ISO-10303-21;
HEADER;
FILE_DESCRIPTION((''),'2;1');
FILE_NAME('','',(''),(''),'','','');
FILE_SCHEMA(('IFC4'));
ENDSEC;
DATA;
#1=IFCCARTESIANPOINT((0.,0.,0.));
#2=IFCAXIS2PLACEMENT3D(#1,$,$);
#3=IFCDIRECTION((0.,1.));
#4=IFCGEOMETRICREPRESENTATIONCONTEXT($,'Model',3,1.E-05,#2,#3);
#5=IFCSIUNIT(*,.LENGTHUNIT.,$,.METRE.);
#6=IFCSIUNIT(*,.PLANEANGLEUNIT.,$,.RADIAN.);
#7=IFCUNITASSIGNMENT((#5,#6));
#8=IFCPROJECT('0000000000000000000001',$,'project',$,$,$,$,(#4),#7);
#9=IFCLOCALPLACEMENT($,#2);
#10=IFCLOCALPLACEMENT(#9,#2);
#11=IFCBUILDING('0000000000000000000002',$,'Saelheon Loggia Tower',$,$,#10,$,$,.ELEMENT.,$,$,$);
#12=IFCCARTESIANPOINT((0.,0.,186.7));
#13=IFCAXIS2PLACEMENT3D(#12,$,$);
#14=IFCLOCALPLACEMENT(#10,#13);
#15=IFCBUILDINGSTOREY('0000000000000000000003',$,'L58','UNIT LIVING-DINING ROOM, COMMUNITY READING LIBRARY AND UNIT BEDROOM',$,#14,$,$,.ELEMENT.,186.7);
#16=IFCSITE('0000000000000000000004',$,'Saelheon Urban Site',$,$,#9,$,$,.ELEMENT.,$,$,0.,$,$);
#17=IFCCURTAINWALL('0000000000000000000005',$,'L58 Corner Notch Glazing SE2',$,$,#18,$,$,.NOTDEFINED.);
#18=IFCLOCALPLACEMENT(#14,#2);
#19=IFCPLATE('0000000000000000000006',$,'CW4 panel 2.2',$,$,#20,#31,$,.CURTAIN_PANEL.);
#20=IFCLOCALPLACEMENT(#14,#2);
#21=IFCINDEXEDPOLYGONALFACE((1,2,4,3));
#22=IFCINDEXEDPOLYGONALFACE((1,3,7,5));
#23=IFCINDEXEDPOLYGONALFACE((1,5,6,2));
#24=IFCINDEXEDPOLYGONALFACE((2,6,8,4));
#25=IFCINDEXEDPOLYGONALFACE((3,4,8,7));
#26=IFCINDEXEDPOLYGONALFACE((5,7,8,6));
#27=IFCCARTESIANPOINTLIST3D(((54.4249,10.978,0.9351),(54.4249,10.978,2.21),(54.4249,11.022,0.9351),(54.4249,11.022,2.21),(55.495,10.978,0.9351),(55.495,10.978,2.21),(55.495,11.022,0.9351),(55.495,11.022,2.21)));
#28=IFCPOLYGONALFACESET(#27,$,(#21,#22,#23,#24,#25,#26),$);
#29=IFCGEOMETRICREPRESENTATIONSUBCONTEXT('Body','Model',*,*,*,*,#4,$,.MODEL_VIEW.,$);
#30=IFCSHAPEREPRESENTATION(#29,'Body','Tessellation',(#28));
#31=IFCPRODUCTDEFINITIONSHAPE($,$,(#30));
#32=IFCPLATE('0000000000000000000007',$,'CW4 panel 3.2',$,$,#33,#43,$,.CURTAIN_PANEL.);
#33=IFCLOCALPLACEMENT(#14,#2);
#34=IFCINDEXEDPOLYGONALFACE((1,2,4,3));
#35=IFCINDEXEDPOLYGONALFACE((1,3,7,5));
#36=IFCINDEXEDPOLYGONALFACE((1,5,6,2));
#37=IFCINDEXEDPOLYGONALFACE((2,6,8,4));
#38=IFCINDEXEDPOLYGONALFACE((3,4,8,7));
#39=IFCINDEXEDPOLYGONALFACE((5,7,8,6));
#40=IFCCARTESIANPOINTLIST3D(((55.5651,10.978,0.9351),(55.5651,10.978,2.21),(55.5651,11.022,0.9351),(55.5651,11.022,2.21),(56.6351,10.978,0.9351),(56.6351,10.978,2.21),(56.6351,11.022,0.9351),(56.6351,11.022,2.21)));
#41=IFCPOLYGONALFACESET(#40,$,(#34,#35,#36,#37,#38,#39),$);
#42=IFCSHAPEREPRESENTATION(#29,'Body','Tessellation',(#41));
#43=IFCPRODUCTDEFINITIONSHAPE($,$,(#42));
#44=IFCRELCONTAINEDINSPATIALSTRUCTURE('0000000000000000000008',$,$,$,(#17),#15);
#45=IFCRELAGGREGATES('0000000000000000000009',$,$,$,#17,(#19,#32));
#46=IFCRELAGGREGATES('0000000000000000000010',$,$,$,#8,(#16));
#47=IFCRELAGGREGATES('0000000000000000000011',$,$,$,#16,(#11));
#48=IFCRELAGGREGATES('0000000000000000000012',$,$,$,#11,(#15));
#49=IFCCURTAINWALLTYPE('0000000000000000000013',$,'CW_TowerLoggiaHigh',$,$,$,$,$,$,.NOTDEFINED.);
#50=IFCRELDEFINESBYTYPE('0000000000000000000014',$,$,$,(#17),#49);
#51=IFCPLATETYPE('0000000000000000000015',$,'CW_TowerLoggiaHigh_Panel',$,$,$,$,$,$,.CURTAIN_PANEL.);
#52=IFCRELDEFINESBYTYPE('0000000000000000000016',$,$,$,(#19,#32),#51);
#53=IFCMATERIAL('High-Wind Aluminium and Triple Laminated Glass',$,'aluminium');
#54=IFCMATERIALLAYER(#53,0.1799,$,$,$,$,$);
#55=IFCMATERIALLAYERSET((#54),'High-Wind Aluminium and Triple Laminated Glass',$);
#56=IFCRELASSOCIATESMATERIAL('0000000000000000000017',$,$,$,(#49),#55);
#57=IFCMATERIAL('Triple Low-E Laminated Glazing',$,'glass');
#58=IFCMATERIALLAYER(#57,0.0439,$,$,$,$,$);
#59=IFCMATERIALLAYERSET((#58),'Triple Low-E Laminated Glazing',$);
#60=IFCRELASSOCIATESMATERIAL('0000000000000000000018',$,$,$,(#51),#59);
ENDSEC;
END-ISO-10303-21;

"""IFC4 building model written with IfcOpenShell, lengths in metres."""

from ifc_helpers import new_model, si_unit, direction, frame, origin, origin_2d, place, context, subcontext, project, spatial, rectangle, extrude, source, transform, mapped, material, layer, layer_set, type_object, element, aggregate, save


model = new_model("IFC4")

# Units and contexts
model_context = context("Model", 3, precision=1e-05, world=origin(), true_north=direction((0.0, 1.0)))
body_context = subcontext(model_context, "Body", "Model", "MODEL_VIEW")
ifc_project = project(units=[si_unit("LENGTHUNIT", "METRE"), si_unit("PLANEANGLEUNIT", "RADIAN")], contexts=[model_context])

# Site, building, storey
site_placement = place(None, origin())
site = spatial("IfcSite", under=ifc_project, at=site_placement, Name="Saelheon Urban Site", CompositionType="ELEMENT", RefElevation=0.0)
building_placement = place(site_placement, origin())
building = spatial("IfcBuilding", under=site, at=building_placement, Name="Saelheon Loggia Tower", CompositionType="ELEMENT")
storey_placement = place(building_placement, frame((0.0, 0.0, 186.7)))
storey = spatial("IfcBuildingStorey", under=building, at=storey_placement, Name="L58", Description="UNIT LIVING-DINING ROOM, COMMUNITY READING LIBRARY AND UNIT BEDROOM", CompositionType="ELEMENT", Elevation=186.7)

# Curtain wall, plates
ifc_material_1 = material(Name="High-Wind Aluminium and Triple Laminated Glass", Category="aluminium")
ifc_layer_1 = layer(ifc_material_1, 0.1799)
ifc_layer_set_1 = layer_set([ifc_layer_1], Name="High-Wind Aluminium and Triple Laminated Glass")
curtain_wall_type = type_object("IfcCurtainWallType", Name="CW_TowerLoggiaHigh", PredefinedType="NOTDEFINED", material=ifc_layer_set_1)
curtain_wall_placement = place(storey_placement, origin())
curtain_wall = element("IfcCurtainWall", 1, at=curtain_wall_placement, inside=storey, type_object=curtain_wall_type, Name="L58 Corner Notch Glazing SE2", PredefinedType="NOTDEFINED")
ifc_material_2 = material(Name="Triple Low-E Laminated Glazing", Category="glass")
ifc_layer_2 = layer(ifc_material_2, 0.0439)
ifc_layer_set_2 = layer_set([ifc_layer_2], Name="Triple Low-E Laminated Glazing")
plate_type = type_object("IfcPlateType", Name="CW_TowerLoggiaHigh_Panel", PredefinedType="CURTAIN_PANEL", material=ifc_layer_set_2)
shared_shape_1 = source(origin(), body_context, "Body", "SweptSolid", [
    extrude(rectangle(XDim=1.0701, YDim=0.0439, at=origin_2d()), origin(), (0.0, 0.0, 1.0), 1.2749),
])
plate_1_placement = place(storey_placement, frame((54.96, 11.0, 0.9351), z_axis=(0.0, 0.0, 1.0), x_axis=(1.0, 0.0, 0.0)))
plate_1 = element("IfcPlate", 2, at=plate_1_placement, type_object=plate_type, Name="CW4 panel 2.2", PredefinedType="CURTAIN_PANEL", context=body_context, shape_type="MappedRepresentation", body=[
    mapped(shared_shape_1, transform((0.0, 0.0, 0.0), scale=1.0)),
])
plate_2_placement = place(storey_placement, frame((56.1001, 11.0, 0.9351), z_axis=(0.0, 0.0, 1.0), x_axis=(1.0, 0.0, 0.0)))
plate_2 = element("IfcPlate", 3, at=plate_2_placement, type_object=plate_type, Name="CW4 panel 3.2", PredefinedType="CURTAIN_PANEL", context=body_context, shape_type="MappedRepresentation", body=[
    mapped(shared_shape_1, transform((0.0, 0.0, 0.0), scale=1.0)),
])
aggregate(curtain_wall, [plate_1, plate_2])

save(model, "model.ifc")
